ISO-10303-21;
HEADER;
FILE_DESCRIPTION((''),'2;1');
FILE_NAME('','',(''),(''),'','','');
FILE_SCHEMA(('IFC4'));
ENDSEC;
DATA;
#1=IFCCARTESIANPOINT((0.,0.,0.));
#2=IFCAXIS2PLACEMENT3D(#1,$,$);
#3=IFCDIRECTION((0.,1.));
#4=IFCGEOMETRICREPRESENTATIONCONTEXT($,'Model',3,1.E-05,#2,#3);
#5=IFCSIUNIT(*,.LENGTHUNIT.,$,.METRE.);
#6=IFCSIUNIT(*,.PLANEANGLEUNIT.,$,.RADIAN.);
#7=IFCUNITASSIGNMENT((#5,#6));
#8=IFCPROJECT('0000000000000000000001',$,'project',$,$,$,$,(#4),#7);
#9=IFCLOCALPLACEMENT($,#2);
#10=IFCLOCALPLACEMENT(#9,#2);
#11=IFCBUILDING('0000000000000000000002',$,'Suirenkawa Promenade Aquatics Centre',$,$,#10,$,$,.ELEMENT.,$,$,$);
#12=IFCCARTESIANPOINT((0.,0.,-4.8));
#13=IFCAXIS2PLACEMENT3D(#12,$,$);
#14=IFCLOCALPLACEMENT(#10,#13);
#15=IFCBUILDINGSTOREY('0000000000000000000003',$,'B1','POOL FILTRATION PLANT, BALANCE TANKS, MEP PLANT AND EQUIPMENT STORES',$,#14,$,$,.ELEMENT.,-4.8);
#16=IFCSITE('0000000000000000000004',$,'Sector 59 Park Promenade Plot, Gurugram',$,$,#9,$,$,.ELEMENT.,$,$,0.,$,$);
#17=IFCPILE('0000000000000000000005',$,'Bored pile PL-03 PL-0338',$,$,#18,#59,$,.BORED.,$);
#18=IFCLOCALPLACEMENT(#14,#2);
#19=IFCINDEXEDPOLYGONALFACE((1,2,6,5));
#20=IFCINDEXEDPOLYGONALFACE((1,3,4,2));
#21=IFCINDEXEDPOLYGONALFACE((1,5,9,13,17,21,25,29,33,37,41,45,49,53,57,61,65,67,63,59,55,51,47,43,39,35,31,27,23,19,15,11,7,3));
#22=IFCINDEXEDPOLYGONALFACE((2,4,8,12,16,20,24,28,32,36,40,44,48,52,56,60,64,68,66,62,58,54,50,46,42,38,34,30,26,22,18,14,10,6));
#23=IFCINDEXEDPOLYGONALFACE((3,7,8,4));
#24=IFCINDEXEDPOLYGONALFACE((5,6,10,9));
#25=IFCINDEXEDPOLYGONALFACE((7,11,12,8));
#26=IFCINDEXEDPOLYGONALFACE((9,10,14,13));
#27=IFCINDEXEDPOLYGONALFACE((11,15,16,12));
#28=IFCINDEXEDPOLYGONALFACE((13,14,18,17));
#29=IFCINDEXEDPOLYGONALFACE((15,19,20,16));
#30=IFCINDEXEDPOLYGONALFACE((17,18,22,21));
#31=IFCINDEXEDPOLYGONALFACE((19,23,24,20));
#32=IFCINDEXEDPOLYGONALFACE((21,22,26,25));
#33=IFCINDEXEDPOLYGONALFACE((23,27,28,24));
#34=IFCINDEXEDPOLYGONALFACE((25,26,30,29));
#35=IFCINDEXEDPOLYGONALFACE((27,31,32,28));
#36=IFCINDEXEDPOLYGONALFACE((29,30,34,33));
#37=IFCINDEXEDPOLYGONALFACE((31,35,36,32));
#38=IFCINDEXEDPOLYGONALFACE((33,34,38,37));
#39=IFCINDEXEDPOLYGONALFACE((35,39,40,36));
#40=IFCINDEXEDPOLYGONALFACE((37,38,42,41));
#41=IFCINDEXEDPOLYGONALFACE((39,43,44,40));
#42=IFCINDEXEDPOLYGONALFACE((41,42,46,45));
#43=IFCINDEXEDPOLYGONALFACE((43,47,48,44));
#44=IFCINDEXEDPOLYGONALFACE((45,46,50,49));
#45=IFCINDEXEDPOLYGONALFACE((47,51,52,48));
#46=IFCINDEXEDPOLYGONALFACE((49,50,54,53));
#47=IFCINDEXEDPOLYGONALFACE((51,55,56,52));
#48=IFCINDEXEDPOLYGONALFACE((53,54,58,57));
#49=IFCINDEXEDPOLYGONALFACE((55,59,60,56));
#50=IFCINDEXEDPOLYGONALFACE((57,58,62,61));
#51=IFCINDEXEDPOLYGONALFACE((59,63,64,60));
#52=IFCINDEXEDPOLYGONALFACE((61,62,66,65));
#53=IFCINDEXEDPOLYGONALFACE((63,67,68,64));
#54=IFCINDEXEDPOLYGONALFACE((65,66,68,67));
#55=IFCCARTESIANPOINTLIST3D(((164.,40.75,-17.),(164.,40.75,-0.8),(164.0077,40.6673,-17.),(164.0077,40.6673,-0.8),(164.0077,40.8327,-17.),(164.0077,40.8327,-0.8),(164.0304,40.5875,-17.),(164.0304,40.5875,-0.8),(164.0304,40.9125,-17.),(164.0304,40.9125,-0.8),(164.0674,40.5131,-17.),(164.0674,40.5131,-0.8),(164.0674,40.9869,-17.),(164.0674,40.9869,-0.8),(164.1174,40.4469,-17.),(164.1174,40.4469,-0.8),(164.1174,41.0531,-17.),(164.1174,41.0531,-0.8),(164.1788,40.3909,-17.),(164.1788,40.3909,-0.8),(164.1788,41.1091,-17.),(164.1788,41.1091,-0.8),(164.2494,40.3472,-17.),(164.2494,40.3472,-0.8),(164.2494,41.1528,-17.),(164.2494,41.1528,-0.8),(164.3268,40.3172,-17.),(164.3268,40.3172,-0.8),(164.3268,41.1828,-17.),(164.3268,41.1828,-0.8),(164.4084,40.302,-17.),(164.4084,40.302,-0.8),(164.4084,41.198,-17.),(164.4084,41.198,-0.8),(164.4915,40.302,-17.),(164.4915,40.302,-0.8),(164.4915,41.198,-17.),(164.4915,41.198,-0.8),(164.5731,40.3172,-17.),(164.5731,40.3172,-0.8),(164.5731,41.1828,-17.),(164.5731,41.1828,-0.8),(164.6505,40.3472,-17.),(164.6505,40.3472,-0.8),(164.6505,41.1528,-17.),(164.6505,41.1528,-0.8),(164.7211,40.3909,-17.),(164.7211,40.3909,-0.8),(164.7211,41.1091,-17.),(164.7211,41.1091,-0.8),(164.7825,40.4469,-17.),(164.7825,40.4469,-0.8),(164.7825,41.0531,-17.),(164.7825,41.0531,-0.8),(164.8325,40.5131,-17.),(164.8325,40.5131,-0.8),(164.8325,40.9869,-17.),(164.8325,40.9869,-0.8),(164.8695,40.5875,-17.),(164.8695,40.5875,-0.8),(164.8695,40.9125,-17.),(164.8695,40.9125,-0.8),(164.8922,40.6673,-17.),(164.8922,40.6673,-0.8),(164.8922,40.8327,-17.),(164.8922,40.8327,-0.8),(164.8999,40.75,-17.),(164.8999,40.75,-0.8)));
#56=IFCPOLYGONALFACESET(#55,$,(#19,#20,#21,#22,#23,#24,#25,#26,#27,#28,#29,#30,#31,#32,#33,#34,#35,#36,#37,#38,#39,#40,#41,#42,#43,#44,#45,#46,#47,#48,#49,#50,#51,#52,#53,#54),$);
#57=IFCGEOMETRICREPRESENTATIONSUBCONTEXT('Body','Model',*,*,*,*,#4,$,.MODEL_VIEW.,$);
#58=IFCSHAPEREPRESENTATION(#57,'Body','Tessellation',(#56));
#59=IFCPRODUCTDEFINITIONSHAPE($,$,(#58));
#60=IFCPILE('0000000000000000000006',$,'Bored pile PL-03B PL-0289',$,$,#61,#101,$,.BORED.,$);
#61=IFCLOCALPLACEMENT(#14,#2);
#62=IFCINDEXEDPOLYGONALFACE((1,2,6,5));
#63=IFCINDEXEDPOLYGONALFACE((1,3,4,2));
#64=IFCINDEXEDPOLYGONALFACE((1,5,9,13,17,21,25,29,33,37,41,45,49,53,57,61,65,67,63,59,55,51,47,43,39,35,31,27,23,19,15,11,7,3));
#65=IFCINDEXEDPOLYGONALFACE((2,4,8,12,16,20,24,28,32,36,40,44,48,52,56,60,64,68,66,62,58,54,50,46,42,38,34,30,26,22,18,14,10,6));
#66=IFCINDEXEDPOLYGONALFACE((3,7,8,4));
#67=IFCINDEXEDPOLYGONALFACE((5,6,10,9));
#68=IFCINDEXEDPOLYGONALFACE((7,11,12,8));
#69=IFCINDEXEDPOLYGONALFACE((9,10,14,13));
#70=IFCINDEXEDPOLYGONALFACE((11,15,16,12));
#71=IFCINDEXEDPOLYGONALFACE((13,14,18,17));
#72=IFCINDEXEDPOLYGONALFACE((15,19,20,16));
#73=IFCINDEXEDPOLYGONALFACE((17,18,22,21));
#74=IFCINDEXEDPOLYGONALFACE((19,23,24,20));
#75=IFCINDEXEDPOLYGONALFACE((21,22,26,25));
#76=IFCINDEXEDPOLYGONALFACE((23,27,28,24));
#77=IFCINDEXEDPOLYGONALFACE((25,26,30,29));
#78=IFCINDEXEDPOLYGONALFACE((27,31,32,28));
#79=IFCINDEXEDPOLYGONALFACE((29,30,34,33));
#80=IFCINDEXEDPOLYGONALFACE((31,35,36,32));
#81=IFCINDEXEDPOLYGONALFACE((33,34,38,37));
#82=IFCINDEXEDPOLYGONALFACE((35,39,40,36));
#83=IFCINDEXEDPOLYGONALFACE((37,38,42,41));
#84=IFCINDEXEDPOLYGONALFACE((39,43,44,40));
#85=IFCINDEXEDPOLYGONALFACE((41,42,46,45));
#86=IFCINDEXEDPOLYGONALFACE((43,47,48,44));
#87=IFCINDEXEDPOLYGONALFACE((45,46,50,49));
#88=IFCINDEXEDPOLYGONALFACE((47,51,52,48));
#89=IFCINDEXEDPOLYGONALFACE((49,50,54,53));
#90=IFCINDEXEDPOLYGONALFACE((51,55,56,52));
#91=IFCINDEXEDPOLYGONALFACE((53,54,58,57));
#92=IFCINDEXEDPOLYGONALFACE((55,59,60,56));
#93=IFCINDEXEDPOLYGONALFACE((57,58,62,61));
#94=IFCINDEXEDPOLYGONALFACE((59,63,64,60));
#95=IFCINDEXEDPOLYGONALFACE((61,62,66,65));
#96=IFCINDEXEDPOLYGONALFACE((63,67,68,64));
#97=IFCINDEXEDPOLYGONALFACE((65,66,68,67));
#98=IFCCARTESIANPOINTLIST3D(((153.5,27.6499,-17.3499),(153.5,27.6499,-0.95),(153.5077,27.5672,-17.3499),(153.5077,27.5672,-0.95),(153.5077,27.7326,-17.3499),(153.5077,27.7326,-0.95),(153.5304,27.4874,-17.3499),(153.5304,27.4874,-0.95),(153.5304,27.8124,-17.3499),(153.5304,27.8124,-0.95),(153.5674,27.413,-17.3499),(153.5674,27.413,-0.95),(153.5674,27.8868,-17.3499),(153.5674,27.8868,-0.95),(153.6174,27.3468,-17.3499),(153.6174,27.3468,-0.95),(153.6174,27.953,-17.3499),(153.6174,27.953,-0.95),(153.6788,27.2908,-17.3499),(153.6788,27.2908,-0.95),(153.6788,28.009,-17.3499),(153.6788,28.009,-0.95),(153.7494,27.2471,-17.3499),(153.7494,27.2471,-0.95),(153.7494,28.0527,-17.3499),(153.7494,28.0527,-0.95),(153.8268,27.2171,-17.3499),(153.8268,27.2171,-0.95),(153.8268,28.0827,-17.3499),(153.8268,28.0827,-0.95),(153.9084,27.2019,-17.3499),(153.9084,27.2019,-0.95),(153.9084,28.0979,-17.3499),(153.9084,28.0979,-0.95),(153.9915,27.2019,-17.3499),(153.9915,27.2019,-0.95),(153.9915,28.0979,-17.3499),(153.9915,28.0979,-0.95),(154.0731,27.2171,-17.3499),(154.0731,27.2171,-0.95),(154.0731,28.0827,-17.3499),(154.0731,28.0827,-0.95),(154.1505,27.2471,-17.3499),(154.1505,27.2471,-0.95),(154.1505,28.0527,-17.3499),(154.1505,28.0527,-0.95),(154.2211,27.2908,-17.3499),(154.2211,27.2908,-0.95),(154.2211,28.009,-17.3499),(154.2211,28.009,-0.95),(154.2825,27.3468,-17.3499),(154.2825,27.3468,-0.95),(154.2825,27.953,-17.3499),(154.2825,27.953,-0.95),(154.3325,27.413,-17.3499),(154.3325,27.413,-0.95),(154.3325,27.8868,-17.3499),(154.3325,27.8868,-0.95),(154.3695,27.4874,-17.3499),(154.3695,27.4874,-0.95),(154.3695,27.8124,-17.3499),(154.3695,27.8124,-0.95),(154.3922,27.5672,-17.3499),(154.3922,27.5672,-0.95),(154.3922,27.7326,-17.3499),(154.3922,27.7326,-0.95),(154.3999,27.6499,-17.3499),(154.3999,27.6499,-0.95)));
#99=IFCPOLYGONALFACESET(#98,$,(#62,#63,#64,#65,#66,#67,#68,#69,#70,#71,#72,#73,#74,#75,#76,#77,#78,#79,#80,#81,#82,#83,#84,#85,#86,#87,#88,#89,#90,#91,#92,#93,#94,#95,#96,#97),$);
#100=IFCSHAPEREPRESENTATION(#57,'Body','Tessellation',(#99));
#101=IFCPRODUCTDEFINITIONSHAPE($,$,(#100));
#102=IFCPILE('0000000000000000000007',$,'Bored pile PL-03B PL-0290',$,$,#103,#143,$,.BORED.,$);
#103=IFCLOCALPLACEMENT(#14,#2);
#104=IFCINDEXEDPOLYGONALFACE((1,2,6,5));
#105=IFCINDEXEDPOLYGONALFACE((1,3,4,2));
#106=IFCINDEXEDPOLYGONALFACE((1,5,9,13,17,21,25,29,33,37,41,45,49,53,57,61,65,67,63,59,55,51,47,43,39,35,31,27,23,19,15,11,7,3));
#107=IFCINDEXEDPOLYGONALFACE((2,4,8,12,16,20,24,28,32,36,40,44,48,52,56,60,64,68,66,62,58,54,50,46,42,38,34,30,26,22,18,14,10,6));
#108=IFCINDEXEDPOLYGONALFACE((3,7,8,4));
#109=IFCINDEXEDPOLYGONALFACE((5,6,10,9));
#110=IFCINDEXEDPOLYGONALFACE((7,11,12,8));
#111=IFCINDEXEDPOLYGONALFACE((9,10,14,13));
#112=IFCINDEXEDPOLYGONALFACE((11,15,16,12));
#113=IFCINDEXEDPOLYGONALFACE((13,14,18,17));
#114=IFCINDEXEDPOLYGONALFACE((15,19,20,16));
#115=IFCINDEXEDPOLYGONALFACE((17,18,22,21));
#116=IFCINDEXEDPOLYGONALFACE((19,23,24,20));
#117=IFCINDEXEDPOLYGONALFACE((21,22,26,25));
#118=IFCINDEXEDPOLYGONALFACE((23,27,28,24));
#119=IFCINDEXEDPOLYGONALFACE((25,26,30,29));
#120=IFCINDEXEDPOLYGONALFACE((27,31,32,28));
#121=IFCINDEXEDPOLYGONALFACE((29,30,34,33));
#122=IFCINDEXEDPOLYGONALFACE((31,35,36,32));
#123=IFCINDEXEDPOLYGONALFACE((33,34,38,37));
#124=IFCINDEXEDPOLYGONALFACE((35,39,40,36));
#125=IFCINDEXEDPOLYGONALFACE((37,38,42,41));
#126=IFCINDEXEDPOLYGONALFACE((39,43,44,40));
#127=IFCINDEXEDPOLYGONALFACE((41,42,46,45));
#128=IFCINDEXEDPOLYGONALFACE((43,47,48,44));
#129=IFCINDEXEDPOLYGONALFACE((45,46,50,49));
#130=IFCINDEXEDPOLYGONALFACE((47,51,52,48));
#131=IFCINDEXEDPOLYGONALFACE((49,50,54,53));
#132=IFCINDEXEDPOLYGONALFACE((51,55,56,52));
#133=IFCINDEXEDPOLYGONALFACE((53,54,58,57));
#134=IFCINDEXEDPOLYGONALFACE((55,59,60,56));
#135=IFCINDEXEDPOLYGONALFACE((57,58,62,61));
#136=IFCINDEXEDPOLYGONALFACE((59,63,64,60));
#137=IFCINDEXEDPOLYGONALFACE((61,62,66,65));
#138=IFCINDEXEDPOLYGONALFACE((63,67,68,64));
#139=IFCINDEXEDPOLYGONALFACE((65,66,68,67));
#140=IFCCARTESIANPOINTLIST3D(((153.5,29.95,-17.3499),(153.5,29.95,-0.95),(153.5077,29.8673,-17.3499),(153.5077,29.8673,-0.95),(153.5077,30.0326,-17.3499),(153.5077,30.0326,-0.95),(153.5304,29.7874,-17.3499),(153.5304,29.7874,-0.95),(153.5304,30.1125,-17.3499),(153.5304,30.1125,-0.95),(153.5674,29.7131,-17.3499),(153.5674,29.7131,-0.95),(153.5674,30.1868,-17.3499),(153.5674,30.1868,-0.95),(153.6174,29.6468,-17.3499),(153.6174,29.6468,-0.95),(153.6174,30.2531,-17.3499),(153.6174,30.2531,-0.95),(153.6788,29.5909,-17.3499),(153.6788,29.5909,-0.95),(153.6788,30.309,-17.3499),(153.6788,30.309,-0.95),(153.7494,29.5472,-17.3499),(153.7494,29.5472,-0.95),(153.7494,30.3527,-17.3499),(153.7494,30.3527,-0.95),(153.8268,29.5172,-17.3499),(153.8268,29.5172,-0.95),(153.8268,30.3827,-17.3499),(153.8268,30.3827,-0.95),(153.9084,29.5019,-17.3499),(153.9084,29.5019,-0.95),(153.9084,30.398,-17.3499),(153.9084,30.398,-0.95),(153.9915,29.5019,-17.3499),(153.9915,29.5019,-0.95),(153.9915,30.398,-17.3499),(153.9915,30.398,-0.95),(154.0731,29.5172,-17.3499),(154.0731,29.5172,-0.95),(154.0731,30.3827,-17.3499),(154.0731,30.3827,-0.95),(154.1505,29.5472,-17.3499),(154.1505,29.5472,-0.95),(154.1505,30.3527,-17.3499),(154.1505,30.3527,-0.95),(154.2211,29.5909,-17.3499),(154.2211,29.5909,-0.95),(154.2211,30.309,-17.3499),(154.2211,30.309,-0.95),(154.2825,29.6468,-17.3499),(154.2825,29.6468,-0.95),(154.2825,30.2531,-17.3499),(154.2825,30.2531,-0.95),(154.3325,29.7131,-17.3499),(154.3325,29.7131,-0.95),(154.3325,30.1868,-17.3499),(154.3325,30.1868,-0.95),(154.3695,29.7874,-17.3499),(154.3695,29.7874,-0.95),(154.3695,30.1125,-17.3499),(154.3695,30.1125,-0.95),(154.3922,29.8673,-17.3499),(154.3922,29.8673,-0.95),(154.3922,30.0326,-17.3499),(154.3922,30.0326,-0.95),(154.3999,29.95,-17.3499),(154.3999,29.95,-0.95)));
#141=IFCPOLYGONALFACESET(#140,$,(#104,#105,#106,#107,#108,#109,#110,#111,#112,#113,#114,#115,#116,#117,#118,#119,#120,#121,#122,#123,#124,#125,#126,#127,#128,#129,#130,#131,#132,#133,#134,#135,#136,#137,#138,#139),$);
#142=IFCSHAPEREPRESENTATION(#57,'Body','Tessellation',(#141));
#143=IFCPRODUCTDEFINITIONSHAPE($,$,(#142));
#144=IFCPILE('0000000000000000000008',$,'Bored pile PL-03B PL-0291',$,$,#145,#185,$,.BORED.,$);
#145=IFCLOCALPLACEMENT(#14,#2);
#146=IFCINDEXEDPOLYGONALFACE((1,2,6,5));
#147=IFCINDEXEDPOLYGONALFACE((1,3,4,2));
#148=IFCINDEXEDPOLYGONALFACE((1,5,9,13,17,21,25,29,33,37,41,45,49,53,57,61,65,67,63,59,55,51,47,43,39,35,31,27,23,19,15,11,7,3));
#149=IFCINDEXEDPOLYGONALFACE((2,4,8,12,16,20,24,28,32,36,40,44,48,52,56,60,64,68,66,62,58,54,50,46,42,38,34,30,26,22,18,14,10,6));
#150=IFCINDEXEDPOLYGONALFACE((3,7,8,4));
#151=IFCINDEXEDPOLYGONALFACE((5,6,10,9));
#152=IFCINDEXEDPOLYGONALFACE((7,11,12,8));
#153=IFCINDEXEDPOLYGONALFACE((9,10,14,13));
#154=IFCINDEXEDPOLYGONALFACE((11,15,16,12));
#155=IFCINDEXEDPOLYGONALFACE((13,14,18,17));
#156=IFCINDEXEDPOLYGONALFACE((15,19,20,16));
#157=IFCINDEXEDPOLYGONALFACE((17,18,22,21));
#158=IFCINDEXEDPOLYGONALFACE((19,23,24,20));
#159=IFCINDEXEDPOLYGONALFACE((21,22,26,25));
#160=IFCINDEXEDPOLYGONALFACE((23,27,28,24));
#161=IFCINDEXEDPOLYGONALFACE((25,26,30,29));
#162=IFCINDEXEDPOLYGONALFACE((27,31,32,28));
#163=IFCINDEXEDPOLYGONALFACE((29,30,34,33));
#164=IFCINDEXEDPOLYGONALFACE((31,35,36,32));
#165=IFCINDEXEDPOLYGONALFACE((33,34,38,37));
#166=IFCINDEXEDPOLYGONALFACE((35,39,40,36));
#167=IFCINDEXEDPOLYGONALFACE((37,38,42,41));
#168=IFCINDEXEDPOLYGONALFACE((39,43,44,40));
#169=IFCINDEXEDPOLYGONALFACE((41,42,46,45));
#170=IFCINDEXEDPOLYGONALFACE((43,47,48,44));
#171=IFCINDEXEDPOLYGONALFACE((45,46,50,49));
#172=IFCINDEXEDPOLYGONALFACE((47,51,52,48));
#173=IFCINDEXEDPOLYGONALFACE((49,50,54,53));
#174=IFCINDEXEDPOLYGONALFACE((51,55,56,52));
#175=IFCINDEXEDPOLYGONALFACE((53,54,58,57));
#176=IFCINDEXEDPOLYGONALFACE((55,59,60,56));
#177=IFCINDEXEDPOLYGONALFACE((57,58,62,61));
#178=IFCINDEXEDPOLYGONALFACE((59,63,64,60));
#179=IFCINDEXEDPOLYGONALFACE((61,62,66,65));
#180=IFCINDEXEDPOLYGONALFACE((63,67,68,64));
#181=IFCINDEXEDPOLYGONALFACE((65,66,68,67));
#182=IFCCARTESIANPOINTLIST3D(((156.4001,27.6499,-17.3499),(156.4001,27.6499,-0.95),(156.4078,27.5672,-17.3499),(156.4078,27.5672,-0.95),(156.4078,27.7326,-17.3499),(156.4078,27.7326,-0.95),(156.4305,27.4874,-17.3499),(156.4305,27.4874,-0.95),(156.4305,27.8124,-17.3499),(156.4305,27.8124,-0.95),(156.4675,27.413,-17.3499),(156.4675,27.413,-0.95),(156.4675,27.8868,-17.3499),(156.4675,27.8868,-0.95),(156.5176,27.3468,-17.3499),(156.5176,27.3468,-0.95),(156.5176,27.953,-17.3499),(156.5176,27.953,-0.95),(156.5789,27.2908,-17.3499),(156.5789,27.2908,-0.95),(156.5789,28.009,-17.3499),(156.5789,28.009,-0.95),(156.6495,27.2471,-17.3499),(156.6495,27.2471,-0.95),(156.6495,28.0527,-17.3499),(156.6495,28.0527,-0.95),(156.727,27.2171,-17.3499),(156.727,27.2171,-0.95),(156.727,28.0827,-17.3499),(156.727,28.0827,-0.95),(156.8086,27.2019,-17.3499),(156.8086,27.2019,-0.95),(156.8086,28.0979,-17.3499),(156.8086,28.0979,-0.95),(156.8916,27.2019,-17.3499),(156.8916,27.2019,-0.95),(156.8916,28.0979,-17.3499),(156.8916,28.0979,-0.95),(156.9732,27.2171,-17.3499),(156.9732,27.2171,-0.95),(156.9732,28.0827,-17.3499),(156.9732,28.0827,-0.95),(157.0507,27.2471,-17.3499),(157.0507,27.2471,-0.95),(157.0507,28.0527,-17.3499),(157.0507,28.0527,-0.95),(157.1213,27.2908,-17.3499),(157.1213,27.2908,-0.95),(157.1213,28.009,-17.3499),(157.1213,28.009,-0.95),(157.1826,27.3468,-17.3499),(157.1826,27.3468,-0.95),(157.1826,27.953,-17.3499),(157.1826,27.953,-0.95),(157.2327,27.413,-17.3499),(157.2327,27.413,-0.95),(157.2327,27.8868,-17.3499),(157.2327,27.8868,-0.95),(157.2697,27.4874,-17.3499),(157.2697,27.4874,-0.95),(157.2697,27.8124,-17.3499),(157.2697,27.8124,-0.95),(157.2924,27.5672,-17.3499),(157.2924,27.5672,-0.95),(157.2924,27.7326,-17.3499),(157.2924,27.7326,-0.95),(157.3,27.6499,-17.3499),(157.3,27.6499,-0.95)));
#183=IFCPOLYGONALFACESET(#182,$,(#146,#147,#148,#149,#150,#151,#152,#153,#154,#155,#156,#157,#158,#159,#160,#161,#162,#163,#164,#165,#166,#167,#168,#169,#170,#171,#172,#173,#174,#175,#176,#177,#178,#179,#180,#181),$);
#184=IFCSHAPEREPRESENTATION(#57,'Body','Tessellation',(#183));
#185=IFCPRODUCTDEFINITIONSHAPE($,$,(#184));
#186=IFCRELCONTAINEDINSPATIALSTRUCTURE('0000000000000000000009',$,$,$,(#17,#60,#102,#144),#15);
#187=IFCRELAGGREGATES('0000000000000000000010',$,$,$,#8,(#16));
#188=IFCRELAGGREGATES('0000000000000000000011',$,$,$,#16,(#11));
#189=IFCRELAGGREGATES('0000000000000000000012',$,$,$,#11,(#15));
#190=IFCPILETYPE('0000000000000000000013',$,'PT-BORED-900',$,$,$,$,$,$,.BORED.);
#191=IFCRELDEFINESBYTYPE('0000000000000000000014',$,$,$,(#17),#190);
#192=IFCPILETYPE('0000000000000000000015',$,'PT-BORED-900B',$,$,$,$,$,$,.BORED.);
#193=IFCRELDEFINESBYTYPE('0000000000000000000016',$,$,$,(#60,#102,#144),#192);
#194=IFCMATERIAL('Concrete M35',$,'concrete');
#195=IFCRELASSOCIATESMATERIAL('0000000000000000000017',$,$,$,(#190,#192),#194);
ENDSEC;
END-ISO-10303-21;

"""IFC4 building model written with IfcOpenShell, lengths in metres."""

from ifc_helpers import new_model, si_unit, direction, frame, origin, origin_2d, place, context, subcontext, project, spatial, circle, extrude, material, material_profile, profile_set, type_object, element, save


model = new_model("IFC4")

# Units and contexts
model_context = context("Model", 3, precision=1e-05, world=origin(), true_north=direction((0.0, 1.0)))
body_context = subcontext(model_context, "Body", "Model", "MODEL_VIEW")
ifc_project = project(units=[si_unit("LENGTHUNIT", "METRE"), si_unit("PLANEANGLEUNIT", "RADIAN")], contexts=[model_context])

# Site, building, storey
site_placement = place(None, origin())
site = spatial("IfcSite", under=ifc_project, at=site_placement, Name="Sector 59 Park Promenade Plot, Gurugram", CompositionType="ELEMENT", RefElevation=0.0)
building_placement = place(site_placement, origin())
building = spatial("IfcBuilding", under=site, at=building_placement, Name="Suirenkawa Promenade Aquatics Centre", CompositionType="ELEMENT")
storey_placement = place(building_placement, frame((0.0, 0.0, -4.8)))
storey = spatial("IfcBuildingStorey", under=building, at=storey_placement, Name="B1", Description="POOL FILTRATION PLANT, BALANCE TANKS, MEP PLANT AND EQUIPMENT STORES", CompositionType="ELEMENT", Elevation=-4.8)

# Shared definitions
ifc_material_1 = material(Name="Concrete M35", Category="concrete")

# Piles
ifc_material_profile_1 = material_profile(ifc_material_1, circle(Radius=0.45, at=origin_2d()), Name="PILE D900", Category="concrete")
ifc_profile_set_1 = profile_set([ifc_material_profile_1], Name="Concrete M35")
pile_type_1 = type_object("IfcPileType", Name="PT-BORED-900", PredefinedType="BORED", material=ifc_profile_set_1)
for number, where, z_axis, x_axis, name in (
    (1, (164.45, 40.75, -0.8), (0.0, 0.0, -1.0), (1.0, 0.0, 0.0), "Bored pile PL-03 PL-0338"),
):
    element("IfcPile", number, at=place(storey_placement, frame(where, z_axis=z_axis, x_axis=x_axis)), inside=storey, type_object=pile_type_1, Name=name, PredefinedType="BORED", context=body_context, shape_type="SweptSolid", body=[
        extrude(circle(Radius=0.45, at=origin_2d()), origin(), (0.0, 0.0, 1.0), 16.2),
    ])
ifc_material_profile_2 = material_profile(ifc_material_1, circle(Radius=0.45, at=origin_2d()), Name="PILE D900", Category="concrete")
ifc_profile_set_2 = profile_set([ifc_material_profile_2], Name="Concrete M35")
pile_type_2 = type_object("IfcPileType", Name="PT-BORED-900B", PredefinedType="BORED", material=ifc_profile_set_2)
for number, where, z_axis, x_axis, name in (
    (2, (153.95, 27.6499, -0.95), (0.0, 0.0, -1.0), (1.0, 0.0, 0.0), "Bored pile PL-03B PL-0289"),
    (3, (153.95, 29.95, -0.95), (0.0, 0.0, -1.0), (1.0, 0.0, 0.0), "Bored pile PL-03B PL-0290"),
    (4, (156.8501, 27.6499, -0.95), (0.0, 0.0, -1.0), (1.0, 0.0, 0.0), "Bored pile PL-03B PL-0291"),
):
    element("IfcPile", number, at=place(storey_placement, frame(where, z_axis=z_axis, x_axis=x_axis)), inside=storey, type_object=pile_type_2, Name=name, PredefinedType="BORED", context=body_context, shape_type="SweptSolid", body=[
        extrude(circle(Radius=0.45, at=origin_2d()), origin(), (0.0, 0.0, 1.0), 16.3999),
    ])

save(model, "model.ifc")
